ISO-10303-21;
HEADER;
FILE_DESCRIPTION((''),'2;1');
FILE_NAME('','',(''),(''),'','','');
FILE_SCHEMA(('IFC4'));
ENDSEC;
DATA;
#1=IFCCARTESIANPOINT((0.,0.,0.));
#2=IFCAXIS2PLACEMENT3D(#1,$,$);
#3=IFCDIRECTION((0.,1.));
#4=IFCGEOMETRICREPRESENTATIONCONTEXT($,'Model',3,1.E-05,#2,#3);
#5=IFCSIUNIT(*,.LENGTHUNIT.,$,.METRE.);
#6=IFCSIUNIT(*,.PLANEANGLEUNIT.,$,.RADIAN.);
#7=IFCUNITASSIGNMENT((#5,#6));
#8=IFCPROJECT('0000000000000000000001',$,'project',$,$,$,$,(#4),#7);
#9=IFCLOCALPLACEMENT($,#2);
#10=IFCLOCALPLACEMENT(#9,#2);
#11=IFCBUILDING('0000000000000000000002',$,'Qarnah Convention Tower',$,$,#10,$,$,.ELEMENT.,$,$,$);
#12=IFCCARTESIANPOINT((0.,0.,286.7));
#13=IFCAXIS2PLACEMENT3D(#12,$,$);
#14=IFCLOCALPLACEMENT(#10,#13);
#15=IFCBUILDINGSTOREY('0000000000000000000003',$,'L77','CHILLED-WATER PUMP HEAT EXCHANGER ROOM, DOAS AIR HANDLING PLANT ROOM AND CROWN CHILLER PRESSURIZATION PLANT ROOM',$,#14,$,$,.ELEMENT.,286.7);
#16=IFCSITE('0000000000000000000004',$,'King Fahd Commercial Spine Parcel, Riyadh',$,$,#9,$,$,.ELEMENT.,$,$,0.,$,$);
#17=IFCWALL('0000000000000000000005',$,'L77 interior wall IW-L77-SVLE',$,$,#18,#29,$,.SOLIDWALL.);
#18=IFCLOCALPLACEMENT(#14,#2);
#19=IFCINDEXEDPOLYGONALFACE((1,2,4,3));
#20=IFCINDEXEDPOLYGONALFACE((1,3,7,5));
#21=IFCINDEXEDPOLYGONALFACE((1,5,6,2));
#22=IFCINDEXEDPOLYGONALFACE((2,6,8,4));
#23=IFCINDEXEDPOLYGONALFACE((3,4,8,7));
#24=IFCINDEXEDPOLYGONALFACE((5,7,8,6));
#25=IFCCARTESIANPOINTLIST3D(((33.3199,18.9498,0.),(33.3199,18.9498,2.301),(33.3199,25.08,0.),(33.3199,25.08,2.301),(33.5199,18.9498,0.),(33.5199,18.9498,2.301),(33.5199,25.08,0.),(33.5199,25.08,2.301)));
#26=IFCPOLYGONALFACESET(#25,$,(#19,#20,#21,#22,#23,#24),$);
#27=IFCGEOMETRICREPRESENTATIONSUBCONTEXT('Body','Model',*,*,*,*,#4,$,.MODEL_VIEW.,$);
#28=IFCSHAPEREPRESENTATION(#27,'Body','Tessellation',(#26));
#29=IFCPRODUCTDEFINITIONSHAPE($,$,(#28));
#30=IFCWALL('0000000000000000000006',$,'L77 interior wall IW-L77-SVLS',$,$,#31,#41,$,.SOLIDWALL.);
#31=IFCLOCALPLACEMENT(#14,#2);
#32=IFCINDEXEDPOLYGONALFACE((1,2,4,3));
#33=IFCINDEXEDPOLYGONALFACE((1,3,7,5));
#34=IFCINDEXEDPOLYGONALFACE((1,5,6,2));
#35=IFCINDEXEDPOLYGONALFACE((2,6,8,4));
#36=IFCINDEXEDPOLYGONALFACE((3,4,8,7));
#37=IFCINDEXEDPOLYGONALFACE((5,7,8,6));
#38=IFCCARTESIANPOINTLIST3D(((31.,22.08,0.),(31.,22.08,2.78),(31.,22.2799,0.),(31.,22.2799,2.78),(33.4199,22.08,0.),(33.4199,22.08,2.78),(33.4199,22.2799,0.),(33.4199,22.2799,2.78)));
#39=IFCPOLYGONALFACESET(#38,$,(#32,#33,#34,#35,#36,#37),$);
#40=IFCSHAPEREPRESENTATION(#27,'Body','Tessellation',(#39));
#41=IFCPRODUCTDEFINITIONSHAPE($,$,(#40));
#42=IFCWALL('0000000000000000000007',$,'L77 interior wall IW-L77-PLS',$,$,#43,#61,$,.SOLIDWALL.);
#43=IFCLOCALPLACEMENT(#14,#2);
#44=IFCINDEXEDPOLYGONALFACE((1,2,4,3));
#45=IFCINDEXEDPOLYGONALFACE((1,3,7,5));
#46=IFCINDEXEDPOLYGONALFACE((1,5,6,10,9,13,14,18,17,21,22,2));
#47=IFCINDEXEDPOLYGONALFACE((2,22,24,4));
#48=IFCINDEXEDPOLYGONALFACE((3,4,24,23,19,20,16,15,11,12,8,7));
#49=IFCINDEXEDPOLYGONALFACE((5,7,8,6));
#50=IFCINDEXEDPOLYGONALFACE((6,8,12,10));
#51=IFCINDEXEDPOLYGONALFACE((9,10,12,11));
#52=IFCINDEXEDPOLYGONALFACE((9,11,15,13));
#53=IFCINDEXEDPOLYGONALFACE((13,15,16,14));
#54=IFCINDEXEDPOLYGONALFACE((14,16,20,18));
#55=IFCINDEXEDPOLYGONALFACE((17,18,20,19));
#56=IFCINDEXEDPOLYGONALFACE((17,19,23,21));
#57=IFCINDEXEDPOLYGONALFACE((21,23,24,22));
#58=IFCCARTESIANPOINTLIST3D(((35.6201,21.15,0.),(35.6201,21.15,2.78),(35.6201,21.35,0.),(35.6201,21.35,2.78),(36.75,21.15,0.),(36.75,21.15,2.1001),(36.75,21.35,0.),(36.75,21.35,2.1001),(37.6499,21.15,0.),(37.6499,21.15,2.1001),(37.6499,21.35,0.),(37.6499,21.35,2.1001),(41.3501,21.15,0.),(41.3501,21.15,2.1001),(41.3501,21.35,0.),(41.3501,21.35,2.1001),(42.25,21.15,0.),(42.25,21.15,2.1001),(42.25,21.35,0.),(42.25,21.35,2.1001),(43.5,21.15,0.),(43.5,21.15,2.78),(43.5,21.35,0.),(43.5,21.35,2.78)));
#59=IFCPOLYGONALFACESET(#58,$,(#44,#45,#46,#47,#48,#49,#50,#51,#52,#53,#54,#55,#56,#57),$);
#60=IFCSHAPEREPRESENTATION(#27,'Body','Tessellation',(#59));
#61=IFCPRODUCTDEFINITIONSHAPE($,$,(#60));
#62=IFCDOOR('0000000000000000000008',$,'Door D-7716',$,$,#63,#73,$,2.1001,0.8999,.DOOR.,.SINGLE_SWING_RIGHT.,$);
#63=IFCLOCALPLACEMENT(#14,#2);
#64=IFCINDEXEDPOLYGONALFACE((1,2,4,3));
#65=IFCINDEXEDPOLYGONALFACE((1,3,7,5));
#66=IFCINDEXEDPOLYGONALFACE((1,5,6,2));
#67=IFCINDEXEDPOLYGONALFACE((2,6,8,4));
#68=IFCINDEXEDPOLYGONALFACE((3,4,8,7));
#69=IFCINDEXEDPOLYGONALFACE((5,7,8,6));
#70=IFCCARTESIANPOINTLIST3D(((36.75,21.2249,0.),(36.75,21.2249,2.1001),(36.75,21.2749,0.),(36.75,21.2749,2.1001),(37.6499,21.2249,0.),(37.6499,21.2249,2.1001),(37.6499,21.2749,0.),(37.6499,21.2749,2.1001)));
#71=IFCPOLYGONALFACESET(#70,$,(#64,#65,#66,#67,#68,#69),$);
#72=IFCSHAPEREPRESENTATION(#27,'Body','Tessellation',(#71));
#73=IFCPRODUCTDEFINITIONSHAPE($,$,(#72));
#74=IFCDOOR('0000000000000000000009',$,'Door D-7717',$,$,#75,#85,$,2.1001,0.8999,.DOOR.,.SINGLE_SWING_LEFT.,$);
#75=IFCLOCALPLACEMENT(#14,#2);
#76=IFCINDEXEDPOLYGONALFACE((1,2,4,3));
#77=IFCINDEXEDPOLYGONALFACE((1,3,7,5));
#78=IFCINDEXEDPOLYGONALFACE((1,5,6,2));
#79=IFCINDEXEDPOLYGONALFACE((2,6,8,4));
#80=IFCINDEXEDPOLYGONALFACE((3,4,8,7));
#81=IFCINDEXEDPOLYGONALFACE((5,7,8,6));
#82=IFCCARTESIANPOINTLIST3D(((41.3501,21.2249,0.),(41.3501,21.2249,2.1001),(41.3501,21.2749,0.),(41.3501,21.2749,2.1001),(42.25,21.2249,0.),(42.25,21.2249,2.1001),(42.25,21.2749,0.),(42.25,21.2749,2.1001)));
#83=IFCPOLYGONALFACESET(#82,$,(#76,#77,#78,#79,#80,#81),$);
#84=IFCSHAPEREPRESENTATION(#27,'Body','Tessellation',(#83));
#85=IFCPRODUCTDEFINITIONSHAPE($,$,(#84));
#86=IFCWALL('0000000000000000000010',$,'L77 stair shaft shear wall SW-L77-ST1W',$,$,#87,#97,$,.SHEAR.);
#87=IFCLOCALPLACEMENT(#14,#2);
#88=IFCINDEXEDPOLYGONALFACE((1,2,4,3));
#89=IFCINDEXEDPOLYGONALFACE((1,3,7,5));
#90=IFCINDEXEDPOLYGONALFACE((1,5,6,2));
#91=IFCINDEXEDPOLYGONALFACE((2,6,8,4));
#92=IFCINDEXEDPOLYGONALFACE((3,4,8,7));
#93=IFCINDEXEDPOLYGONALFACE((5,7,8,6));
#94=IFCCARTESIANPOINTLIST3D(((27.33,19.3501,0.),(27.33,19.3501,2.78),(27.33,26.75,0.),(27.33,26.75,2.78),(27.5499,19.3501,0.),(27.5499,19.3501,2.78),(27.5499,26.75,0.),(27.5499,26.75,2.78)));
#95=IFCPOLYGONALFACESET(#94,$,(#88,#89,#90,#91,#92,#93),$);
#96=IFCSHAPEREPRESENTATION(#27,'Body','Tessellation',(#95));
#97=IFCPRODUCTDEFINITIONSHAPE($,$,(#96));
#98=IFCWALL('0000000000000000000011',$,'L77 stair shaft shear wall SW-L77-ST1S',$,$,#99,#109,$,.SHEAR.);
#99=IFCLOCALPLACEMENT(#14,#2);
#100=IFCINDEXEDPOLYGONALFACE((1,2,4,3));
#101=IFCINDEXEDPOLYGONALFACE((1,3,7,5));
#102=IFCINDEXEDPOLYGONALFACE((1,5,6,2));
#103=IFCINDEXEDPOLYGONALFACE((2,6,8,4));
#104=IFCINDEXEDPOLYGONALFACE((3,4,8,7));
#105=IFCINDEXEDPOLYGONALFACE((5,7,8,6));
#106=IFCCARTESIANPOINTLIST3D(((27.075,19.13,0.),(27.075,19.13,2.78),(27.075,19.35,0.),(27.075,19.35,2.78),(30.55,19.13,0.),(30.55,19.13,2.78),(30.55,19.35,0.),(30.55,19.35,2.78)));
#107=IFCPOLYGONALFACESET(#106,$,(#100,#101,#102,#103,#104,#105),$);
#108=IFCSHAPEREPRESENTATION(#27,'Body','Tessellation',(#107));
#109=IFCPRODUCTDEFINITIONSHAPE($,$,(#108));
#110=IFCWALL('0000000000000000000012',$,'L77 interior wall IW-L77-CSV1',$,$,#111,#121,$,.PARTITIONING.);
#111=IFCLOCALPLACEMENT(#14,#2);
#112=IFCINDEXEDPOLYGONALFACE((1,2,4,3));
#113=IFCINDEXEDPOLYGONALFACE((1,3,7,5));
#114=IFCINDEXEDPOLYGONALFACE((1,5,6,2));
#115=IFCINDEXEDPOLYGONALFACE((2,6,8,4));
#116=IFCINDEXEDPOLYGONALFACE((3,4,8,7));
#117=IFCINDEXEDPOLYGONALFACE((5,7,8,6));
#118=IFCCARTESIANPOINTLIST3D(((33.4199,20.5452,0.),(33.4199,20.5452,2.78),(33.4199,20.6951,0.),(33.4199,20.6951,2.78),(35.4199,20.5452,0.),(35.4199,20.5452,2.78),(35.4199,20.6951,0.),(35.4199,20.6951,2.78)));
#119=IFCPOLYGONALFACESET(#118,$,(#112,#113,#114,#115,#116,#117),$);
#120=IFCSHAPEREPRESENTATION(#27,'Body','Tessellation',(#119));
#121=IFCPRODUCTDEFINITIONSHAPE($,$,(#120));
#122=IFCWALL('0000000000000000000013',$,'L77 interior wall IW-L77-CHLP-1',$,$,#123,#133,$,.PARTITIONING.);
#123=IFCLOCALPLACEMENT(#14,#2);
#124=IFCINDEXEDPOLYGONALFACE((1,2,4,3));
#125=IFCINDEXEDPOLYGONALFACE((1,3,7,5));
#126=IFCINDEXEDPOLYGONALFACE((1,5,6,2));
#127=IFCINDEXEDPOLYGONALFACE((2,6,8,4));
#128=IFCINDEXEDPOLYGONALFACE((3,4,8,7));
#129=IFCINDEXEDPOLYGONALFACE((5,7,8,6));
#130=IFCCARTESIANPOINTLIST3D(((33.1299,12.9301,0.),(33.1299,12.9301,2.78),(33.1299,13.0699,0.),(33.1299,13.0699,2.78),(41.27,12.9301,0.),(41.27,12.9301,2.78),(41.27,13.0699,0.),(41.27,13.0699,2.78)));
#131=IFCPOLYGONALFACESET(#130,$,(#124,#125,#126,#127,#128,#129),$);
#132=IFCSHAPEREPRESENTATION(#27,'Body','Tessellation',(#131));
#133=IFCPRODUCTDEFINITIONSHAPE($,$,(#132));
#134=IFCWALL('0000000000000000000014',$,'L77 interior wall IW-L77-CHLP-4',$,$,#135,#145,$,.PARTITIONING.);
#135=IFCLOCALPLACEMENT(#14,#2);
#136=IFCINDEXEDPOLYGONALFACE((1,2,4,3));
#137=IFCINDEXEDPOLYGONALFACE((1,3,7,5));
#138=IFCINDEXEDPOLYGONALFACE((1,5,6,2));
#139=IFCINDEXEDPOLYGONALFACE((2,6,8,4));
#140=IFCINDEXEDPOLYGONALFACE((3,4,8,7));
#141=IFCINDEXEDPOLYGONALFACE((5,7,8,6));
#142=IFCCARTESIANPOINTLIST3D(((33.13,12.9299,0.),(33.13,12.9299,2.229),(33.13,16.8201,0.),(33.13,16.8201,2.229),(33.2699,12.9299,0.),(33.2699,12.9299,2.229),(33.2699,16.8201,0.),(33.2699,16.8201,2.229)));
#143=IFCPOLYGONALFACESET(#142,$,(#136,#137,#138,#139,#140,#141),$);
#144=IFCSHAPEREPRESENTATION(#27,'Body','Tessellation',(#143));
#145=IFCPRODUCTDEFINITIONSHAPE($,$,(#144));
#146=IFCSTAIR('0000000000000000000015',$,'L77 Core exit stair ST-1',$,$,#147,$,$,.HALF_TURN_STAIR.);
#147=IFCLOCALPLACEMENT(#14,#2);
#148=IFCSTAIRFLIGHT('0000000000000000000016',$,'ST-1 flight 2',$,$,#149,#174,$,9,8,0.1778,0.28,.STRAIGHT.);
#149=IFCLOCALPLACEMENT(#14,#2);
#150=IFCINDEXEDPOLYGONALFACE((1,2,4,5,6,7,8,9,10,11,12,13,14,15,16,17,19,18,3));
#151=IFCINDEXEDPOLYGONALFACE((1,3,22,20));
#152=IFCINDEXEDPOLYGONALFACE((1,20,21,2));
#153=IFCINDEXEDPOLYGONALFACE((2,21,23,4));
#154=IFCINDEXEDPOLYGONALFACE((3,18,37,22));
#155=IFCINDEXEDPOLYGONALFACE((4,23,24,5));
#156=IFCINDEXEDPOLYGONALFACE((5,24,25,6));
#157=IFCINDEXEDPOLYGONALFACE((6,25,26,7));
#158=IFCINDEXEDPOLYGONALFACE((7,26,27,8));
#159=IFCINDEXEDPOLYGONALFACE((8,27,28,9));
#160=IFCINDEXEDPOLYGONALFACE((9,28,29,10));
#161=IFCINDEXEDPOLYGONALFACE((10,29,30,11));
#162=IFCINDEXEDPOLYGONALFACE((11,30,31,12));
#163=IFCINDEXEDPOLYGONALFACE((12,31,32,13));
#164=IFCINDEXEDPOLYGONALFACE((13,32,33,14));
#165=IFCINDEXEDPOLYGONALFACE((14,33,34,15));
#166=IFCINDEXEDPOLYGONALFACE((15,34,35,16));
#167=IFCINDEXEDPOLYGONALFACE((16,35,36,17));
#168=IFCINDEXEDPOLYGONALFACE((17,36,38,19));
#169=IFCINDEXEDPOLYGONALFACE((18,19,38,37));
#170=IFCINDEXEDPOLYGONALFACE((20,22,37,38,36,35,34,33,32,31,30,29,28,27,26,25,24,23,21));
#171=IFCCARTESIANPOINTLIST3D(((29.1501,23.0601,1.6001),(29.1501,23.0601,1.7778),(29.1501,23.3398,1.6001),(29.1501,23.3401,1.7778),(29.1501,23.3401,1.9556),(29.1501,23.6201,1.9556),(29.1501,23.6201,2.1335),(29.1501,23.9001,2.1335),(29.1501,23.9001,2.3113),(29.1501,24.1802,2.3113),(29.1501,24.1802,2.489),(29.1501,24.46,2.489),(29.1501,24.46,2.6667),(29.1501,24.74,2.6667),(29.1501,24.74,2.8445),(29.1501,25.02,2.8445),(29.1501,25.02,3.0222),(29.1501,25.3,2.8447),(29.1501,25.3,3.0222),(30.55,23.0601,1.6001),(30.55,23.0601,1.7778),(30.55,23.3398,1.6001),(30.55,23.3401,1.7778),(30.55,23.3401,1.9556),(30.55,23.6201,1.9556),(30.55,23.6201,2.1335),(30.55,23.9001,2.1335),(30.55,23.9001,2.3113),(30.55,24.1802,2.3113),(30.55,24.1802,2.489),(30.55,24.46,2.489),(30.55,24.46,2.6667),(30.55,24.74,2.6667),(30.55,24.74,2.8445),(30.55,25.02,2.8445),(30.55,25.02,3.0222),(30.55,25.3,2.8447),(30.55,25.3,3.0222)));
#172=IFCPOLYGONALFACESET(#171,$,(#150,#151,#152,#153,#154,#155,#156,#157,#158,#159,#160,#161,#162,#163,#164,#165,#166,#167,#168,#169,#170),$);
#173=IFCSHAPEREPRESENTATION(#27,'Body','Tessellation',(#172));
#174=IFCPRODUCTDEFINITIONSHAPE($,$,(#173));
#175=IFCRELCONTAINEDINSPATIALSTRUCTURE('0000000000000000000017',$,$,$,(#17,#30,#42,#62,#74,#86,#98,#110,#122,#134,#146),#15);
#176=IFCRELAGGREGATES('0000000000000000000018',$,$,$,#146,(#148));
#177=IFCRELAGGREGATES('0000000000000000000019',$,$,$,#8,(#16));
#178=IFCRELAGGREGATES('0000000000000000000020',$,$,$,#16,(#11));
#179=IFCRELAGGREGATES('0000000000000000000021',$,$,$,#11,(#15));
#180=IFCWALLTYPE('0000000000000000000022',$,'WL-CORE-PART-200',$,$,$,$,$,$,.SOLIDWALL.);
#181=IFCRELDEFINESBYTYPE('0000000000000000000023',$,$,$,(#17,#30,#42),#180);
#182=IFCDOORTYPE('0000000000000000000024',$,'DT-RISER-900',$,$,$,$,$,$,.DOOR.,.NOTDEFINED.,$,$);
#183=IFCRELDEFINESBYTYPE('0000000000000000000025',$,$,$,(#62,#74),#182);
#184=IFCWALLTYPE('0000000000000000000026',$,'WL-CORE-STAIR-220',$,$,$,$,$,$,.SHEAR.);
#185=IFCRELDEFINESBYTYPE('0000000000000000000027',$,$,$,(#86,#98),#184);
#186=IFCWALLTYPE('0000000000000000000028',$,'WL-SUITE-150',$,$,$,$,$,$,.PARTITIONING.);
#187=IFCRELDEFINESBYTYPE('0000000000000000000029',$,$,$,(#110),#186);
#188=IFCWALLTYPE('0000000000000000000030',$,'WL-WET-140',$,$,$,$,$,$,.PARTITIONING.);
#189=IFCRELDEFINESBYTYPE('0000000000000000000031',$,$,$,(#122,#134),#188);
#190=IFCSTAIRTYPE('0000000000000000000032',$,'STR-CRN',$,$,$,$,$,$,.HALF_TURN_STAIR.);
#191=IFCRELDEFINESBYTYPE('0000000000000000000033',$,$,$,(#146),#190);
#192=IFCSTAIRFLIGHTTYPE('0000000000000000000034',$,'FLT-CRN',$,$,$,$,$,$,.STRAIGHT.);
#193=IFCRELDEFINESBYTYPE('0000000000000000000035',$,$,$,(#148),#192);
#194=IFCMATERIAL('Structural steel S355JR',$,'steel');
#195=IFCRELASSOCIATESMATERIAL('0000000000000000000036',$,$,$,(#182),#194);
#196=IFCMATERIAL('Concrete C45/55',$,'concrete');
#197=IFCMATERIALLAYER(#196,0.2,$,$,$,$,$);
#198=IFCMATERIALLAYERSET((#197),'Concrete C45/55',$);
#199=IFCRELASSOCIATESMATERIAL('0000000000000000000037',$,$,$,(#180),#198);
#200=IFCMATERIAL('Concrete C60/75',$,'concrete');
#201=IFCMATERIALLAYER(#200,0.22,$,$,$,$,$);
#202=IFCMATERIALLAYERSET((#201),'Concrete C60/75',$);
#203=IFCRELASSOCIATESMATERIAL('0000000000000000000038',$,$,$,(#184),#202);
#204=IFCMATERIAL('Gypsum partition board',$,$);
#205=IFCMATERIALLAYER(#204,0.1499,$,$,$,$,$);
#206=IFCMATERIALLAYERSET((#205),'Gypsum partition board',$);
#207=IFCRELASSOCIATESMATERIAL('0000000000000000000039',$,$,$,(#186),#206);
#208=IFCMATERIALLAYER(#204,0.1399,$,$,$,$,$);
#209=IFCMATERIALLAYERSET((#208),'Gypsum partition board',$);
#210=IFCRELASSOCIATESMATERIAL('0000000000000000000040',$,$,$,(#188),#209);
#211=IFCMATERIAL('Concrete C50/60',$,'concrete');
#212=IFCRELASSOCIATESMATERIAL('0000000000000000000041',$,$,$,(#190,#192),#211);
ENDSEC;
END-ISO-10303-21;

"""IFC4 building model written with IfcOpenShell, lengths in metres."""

from ifc_helpers import new_model, si_unit, direction, frame, frame_2d, origin, place, context, subcontext, project, spatial, polyline, rectangle, outline, extrude, material, layer, layer_set, type_object, element, fill, aggregate, save


model = new_model("IFC4")

# Units and contexts
model_context = context("Model", 3, precision=1e-05, world=origin(), true_north=direction((0.0, 1.0)))
body_context = subcontext(model_context, "Body", "Model", "MODEL_VIEW")
ifc_project = project(units=[si_unit("LENGTHUNIT", "METRE"), si_unit("PLANEANGLEUNIT", "RADIAN")], contexts=[model_context])

# Site, building, storey
site_placement = place(None, origin())
site = spatial("IfcSite", under=ifc_project, at=site_placement, Name="King Fahd Commercial Spine Parcel, Riyadh", CompositionType="ELEMENT", RefElevation=0.0)
building_placement = place(site_placement, origin())
building = spatial("IfcBuilding", under=site, at=building_placement, Name="Qarnah Convention Tower", CompositionType="ELEMENT")
storey_placement = place(building_placement, frame((0.0, 0.0, 286.7)))
storey = spatial("IfcBuildingStorey", under=building, at=storey_placement, Name="L77", Description="CHILLED-WATER PUMP HEAT EXCHANGER ROOM, DOAS AIR HANDLING PLANT ROOM AND CROWN CHILLER PRESSURIZATION PLANT ROOM", CompositionType="ELEMENT", Elevation=286.7)

# Shared definitions
ifc_material_1 = material(Name="Structural steel S355JR", Category="steel")

# Shared definitions
ifc_material_2 = material(Name="Concrete C60/75", Category="concrete")
door_type_1 = type_object("IfcDoorType", Name="DT-RISER-900", OperationType="NOTDEFINED", PredefinedType="DOOR", material=ifc_material_1)
ifc_material_3 = material(Name="Concrete C45/55", Category="concrete")
ifc_layer_1 = layer(ifc_material_3, 0.2)
ifc_layer_set_1 = layer_set([ifc_layer_1], Name="Concrete C45/55")
wall_type_1 = type_object("IfcWallType", Name="WL-CORE-PART-200", PredefinedType="SOLIDWALL", material=ifc_layer_set_1)

# Walls
wall_1_placement = place(storey_placement, frame((33.4199, 18.95, 0.0), z_axis=(0.0, 0.0, 1.0), x_axis=(0.0, 1.0, 0.0)))
element("IfcWall", 1, at=wall_1_placement, inside=storey, type_object=wall_type_1, Name="L77 interior wall IW-L77-SVLE", PredefinedType="SOLIDWALL", context=body_context, shape_type="SweptSolid", body=[
    extrude(rectangle(XDim=6.1301, YDim=0.2, at=frame_2d((3.0649, 0.0))), origin(), (0.0, 0.0, 1.0), 2.301),
])
wall_2_placement = place(storey_placement, frame((31.0, 22.1799, 0.0), z_axis=(0.0, 0.0, 1.0), x_axis=(1.0, 0.0, 0.0)))
element("IfcWall", 2, at=wall_2_placement, inside=storey, type_object=wall_type_1, Name="L77 interior wall IW-L77-SVLS", PredefinedType="SOLIDWALL", context=body_context, shape_type="SweptSolid", body=[
    extrude(rectangle(XDim=2.4199, YDim=0.2, at=frame_2d((1.21, 0.0))), origin(), (0.0, 0.0, 1.0), 2.78),
])

# Wall, openings, doors
wall_3_placement = place(storey_placement, frame((35.6201, 21.25, 0.0), z_axis=(0.0, 0.0, 1.0), x_axis=(1.0, 0.0, 0.0)))
wall_3 = element("IfcWall", 3, at=wall_3_placement, inside=storey, type_object=wall_type_1, Name="L77 interior wall IW-L77-PLS", PredefinedType="SOLIDWALL", context=body_context, shape_type="SweptSolid", body=[
    extrude(rectangle(XDim=7.8799, YDim=0.2, at=frame_2d((3.9399, 0.0))), origin(), (0.0, 0.0, 1.0), 2.78),
])
opening_1_placement = place(wall_3_placement, frame((1.1299, 0.0, 0.0)))
opening_1 = element("IfcOpeningElement", 4, at=opening_1_placement, cuts=wall_3, PredefinedType="OPENING", context=body_context, shape_type="SweptSolid", body=[
    extrude(rectangle(XDim=0.8999, YDim=2.1001, at=frame_2d((0.45, 1.05))), frame((0.0, 0.1099, 0.0), z_axis=(0.0, -1.0, 0.0), x_axis=(1.0, 0.0, 0.0)), (0.0, 0.0, 1.0), 0.22),
])
opening_2_placement = place(wall_3_placement, frame((5.73, 0.0, 0.0)))
opening_2 = element("IfcOpeningElement", 5, at=opening_2_placement, cuts=wall_3, PredefinedType="OPENING", context=body_context, shape_type="SweptSolid", body=[
    extrude(rectangle(XDim=0.8999, YDim=2.1001, at=frame_2d((0.45, 1.05))), frame((0.0, 0.1099, 0.0), z_axis=(0.0, -1.0, 0.0), x_axis=(1.0, 0.0, 0.0)), (0.0, 0.0, 1.0), 0.22),
])
door_1_placement = place(opening_1_placement, origin())
door_1 = element("IfcDoor", 6, at=door_1_placement, inside=storey, type_object=door_type_1, Name="Door D-7716", OperationType="SINGLE_SWING_RIGHT", OverallHeight=2.1001, OverallWidth=0.8999, PredefinedType="DOOR", context=body_context, shape_type="SweptSolid", body=[
    extrude(rectangle(XDim=0.8999, YDim=2.1001, at=frame_2d((0.45, 1.05))), frame((0.0, 0.0249, 0.0), z_axis=(0.0, -1.0, 0.0), x_axis=(1.0, 0.0, 0.0)), (0.0, 0.0, 1.0), 0.05),
])
fill(opening_1, door_1)
door_2_placement = place(opening_2_placement, origin())
door_2 = element("IfcDoor", 7, at=door_2_placement, inside=storey, type_object=door_type_1, Name="Door D-7717", OperationType="SINGLE_SWING_LEFT", OverallHeight=2.1001, OverallWidth=0.8999, PredefinedType="DOOR", context=body_context, shape_type="SweptSolid", body=[
    extrude(rectangle(XDim=0.8999, YDim=2.1001, at=frame_2d((0.45, 1.05))), frame((0.0, 0.0249, 0.0), z_axis=(0.0, -1.0, 0.0), x_axis=(1.0, 0.0, 0.0)), (0.0, 0.0, 1.0), 0.05),
])
fill(opening_2, door_2)

# Walls
ifc_layer_2 = layer(ifc_material_2, 0.22)
ifc_layer_set_2 = layer_set([ifc_layer_2], Name="Concrete C60/75")
wall_type_2 = type_object("IfcWallType", Name="WL-CORE-STAIR-220", PredefinedType="SHEAR", material=ifc_layer_set_2)
wall_4_placement = place(storey_placement, frame((27.4399, 19.3501, 0.0), z_axis=(0.0, 0.0, 1.0), x_axis=(0.0, 1.0, 0.0)))
element("IfcWall", 8, at=wall_4_placement, inside=storey, type_object=wall_type_2, Name="L77 stair shaft shear wall SW-L77-ST1W", PredefinedType="SHEAR", context=body_context, shape_type="SweptSolid", body=[
    extrude(rectangle(XDim=7.3999, YDim=0.22, at=frame_2d((3.7, 0.0))), origin(), (0.0, 0.0, 1.0), 2.78),
])
wall_5_placement = place(storey_placement, frame((27.075, 19.24, 0.0), z_axis=(0.0, 0.0, 1.0), x_axis=(1.0, 0.0, 0.0)))
element("IfcWall", 9, at=wall_5_placement, inside=storey, type_object=wall_type_2, Name="L77 stair shaft shear wall SW-L77-ST1S", PredefinedType="SHEAR", context=body_context, shape_type="SweptSolid", body=[
    extrude(rectangle(XDim=3.4751, YDim=0.22, at=frame_2d((1.7375, 0.0))), origin(), (0.0, 0.0, 1.0), 2.78),
])
ifc_material_4 = material(Name="Gypsum partition board")
ifc_layer_3 = layer(ifc_material_4, 0.1499)
ifc_layer_set_3 = layer_set([ifc_layer_3], Name="Gypsum partition board")
wall_type_3 = type_object("IfcWallType", Name="WL-SUITE-150", PredefinedType="PARTITIONING", material=ifc_layer_set_3)
wall_6_placement = place(storey_placement, frame((33.4199, 20.6201, 0.0), z_axis=(0.0, 0.0, 1.0), x_axis=(1.0, 0.0, 0.0)))
element("IfcWall", 10, at=wall_6_placement, inside=storey, type_object=wall_type_3, Name="L77 interior wall IW-L77-CSV1", PredefinedType="PARTITIONING", context=body_context, shape_type="SweptSolid", body=[
    extrude(rectangle(XDim=2.0, YDim=0.1499, at=frame_2d((1.0, 0.0))), origin(), (0.0, 0.0, 1.0), 2.78),
])
ifc_layer_4 = layer(ifc_material_4, 0.1399)
ifc_layer_set_4 = layer_set([ifc_layer_4], Name="Gypsum partition board")
wall_type_4 = type_object("IfcWallType", Name="WL-WET-140", PredefinedType="PARTITIONING", material=ifc_layer_set_4)
wall_7_placement = place(storey_placement, frame((33.1299, 13.0, 0.0), z_axis=(0.0, 0.0, 1.0), x_axis=(1.0, 0.0, 0.0)))
element("IfcWall", 11, at=wall_7_placement, inside=storey, type_object=wall_type_4, Name="L77 interior wall IW-L77-CHLP-1", PredefinedType="PARTITIONING", context=body_context, shape_type="SweptSolid", body=[
    extrude(rectangle(XDim=8.1401, YDim=0.1399, at=frame_2d((4.0701, 0.0))), origin(), (0.0, 0.0, 1.0), 2.78),
])
wall_8_placement = place(storey_placement, frame((33.2, 16.8201, 0.0), z_axis=(0.0, 0.0, 1.0), x_axis=(0.0, -1.0, 0.0)))
element("IfcWall", 12, at=wall_8_placement, inside=storey, type_object=wall_type_4, Name="L77 interior wall IW-L77-CHLP-4", PredefinedType="PARTITIONING", context=body_context, shape_type="SweptSolid", body=[
    extrude(rectangle(XDim=3.8901, YDim=0.1399, at=frame_2d((1.9451, 0.0))), origin(), (0.0, 0.0, 1.0), 2.229),
])

# Stair, stair flight
ifc_material_5 = material(Name="Concrete C50/60", Category="concrete")
stair_type = type_object("IfcStairType", Name="STR-CRN", PredefinedType="HALF_TURN_STAIR", material=ifc_material_5)
stair_placement = place(storey_placement, origin())
stair = element("IfcStair", 13, at=stair_placement, inside=storey, type_object=stair_type, Name="L77 Core exit stair ST-1", PredefinedType="HALF_TURN_STAIR")
stair_flight_type = type_object("IfcStairFlightType", Name="FLT-CRN", PredefinedType="STRAIGHT", material=ifc_material_5)
stair_flight_placement = place(storey_placement, frame((29.8501, 23.0601, 1.6001), z_axis=(0.0, 0.0, 1.0), x_axis=(0.0, 1.0, 0.0)))
stair_flight = element("IfcStairFlight", 14, at=stair_flight_placement, type_object=stair_flight_type, Name="ST-1 flight 2", NumberOfRisers=9, NumberOfTreads=8, PredefinedType="STRAIGHT", RiserHeight=0.1778, TreadLength=0.28, context=body_context, shape_type="SweptSolid", body=[
    extrude(outline(polyline([(0.0, 0.0), (0.0, 0.1777), (0.28, 0.1777), (0.28, 0.3555), (0.5601, 0.3555), (0.5601, 0.5334), (0.8401, 0.5334), (0.8401, 0.7112), (1.1201, 0.7112), (1.1201, 0.8889), (1.3999, 0.8889), (1.3999, 1.0667), (1.6799, 1.0667), (1.6799, 1.2444), (1.96, 1.2444), (1.96, 1.4221), (2.24, 1.4221), (2.24, 1.6001), (2.24, 1.2446), (0.2798, 0.0), (0.0, 0.0)])), frame((0.0, 0.7, 0.0), z_axis=(0.0, -1.0, 0.0), x_axis=(1.0, 0.0, 0.0)), (0.0, 0.0, 1.0), 1.3999),
])
aggregate(stair, [stair_flight])

save(model, "model.ifc")
